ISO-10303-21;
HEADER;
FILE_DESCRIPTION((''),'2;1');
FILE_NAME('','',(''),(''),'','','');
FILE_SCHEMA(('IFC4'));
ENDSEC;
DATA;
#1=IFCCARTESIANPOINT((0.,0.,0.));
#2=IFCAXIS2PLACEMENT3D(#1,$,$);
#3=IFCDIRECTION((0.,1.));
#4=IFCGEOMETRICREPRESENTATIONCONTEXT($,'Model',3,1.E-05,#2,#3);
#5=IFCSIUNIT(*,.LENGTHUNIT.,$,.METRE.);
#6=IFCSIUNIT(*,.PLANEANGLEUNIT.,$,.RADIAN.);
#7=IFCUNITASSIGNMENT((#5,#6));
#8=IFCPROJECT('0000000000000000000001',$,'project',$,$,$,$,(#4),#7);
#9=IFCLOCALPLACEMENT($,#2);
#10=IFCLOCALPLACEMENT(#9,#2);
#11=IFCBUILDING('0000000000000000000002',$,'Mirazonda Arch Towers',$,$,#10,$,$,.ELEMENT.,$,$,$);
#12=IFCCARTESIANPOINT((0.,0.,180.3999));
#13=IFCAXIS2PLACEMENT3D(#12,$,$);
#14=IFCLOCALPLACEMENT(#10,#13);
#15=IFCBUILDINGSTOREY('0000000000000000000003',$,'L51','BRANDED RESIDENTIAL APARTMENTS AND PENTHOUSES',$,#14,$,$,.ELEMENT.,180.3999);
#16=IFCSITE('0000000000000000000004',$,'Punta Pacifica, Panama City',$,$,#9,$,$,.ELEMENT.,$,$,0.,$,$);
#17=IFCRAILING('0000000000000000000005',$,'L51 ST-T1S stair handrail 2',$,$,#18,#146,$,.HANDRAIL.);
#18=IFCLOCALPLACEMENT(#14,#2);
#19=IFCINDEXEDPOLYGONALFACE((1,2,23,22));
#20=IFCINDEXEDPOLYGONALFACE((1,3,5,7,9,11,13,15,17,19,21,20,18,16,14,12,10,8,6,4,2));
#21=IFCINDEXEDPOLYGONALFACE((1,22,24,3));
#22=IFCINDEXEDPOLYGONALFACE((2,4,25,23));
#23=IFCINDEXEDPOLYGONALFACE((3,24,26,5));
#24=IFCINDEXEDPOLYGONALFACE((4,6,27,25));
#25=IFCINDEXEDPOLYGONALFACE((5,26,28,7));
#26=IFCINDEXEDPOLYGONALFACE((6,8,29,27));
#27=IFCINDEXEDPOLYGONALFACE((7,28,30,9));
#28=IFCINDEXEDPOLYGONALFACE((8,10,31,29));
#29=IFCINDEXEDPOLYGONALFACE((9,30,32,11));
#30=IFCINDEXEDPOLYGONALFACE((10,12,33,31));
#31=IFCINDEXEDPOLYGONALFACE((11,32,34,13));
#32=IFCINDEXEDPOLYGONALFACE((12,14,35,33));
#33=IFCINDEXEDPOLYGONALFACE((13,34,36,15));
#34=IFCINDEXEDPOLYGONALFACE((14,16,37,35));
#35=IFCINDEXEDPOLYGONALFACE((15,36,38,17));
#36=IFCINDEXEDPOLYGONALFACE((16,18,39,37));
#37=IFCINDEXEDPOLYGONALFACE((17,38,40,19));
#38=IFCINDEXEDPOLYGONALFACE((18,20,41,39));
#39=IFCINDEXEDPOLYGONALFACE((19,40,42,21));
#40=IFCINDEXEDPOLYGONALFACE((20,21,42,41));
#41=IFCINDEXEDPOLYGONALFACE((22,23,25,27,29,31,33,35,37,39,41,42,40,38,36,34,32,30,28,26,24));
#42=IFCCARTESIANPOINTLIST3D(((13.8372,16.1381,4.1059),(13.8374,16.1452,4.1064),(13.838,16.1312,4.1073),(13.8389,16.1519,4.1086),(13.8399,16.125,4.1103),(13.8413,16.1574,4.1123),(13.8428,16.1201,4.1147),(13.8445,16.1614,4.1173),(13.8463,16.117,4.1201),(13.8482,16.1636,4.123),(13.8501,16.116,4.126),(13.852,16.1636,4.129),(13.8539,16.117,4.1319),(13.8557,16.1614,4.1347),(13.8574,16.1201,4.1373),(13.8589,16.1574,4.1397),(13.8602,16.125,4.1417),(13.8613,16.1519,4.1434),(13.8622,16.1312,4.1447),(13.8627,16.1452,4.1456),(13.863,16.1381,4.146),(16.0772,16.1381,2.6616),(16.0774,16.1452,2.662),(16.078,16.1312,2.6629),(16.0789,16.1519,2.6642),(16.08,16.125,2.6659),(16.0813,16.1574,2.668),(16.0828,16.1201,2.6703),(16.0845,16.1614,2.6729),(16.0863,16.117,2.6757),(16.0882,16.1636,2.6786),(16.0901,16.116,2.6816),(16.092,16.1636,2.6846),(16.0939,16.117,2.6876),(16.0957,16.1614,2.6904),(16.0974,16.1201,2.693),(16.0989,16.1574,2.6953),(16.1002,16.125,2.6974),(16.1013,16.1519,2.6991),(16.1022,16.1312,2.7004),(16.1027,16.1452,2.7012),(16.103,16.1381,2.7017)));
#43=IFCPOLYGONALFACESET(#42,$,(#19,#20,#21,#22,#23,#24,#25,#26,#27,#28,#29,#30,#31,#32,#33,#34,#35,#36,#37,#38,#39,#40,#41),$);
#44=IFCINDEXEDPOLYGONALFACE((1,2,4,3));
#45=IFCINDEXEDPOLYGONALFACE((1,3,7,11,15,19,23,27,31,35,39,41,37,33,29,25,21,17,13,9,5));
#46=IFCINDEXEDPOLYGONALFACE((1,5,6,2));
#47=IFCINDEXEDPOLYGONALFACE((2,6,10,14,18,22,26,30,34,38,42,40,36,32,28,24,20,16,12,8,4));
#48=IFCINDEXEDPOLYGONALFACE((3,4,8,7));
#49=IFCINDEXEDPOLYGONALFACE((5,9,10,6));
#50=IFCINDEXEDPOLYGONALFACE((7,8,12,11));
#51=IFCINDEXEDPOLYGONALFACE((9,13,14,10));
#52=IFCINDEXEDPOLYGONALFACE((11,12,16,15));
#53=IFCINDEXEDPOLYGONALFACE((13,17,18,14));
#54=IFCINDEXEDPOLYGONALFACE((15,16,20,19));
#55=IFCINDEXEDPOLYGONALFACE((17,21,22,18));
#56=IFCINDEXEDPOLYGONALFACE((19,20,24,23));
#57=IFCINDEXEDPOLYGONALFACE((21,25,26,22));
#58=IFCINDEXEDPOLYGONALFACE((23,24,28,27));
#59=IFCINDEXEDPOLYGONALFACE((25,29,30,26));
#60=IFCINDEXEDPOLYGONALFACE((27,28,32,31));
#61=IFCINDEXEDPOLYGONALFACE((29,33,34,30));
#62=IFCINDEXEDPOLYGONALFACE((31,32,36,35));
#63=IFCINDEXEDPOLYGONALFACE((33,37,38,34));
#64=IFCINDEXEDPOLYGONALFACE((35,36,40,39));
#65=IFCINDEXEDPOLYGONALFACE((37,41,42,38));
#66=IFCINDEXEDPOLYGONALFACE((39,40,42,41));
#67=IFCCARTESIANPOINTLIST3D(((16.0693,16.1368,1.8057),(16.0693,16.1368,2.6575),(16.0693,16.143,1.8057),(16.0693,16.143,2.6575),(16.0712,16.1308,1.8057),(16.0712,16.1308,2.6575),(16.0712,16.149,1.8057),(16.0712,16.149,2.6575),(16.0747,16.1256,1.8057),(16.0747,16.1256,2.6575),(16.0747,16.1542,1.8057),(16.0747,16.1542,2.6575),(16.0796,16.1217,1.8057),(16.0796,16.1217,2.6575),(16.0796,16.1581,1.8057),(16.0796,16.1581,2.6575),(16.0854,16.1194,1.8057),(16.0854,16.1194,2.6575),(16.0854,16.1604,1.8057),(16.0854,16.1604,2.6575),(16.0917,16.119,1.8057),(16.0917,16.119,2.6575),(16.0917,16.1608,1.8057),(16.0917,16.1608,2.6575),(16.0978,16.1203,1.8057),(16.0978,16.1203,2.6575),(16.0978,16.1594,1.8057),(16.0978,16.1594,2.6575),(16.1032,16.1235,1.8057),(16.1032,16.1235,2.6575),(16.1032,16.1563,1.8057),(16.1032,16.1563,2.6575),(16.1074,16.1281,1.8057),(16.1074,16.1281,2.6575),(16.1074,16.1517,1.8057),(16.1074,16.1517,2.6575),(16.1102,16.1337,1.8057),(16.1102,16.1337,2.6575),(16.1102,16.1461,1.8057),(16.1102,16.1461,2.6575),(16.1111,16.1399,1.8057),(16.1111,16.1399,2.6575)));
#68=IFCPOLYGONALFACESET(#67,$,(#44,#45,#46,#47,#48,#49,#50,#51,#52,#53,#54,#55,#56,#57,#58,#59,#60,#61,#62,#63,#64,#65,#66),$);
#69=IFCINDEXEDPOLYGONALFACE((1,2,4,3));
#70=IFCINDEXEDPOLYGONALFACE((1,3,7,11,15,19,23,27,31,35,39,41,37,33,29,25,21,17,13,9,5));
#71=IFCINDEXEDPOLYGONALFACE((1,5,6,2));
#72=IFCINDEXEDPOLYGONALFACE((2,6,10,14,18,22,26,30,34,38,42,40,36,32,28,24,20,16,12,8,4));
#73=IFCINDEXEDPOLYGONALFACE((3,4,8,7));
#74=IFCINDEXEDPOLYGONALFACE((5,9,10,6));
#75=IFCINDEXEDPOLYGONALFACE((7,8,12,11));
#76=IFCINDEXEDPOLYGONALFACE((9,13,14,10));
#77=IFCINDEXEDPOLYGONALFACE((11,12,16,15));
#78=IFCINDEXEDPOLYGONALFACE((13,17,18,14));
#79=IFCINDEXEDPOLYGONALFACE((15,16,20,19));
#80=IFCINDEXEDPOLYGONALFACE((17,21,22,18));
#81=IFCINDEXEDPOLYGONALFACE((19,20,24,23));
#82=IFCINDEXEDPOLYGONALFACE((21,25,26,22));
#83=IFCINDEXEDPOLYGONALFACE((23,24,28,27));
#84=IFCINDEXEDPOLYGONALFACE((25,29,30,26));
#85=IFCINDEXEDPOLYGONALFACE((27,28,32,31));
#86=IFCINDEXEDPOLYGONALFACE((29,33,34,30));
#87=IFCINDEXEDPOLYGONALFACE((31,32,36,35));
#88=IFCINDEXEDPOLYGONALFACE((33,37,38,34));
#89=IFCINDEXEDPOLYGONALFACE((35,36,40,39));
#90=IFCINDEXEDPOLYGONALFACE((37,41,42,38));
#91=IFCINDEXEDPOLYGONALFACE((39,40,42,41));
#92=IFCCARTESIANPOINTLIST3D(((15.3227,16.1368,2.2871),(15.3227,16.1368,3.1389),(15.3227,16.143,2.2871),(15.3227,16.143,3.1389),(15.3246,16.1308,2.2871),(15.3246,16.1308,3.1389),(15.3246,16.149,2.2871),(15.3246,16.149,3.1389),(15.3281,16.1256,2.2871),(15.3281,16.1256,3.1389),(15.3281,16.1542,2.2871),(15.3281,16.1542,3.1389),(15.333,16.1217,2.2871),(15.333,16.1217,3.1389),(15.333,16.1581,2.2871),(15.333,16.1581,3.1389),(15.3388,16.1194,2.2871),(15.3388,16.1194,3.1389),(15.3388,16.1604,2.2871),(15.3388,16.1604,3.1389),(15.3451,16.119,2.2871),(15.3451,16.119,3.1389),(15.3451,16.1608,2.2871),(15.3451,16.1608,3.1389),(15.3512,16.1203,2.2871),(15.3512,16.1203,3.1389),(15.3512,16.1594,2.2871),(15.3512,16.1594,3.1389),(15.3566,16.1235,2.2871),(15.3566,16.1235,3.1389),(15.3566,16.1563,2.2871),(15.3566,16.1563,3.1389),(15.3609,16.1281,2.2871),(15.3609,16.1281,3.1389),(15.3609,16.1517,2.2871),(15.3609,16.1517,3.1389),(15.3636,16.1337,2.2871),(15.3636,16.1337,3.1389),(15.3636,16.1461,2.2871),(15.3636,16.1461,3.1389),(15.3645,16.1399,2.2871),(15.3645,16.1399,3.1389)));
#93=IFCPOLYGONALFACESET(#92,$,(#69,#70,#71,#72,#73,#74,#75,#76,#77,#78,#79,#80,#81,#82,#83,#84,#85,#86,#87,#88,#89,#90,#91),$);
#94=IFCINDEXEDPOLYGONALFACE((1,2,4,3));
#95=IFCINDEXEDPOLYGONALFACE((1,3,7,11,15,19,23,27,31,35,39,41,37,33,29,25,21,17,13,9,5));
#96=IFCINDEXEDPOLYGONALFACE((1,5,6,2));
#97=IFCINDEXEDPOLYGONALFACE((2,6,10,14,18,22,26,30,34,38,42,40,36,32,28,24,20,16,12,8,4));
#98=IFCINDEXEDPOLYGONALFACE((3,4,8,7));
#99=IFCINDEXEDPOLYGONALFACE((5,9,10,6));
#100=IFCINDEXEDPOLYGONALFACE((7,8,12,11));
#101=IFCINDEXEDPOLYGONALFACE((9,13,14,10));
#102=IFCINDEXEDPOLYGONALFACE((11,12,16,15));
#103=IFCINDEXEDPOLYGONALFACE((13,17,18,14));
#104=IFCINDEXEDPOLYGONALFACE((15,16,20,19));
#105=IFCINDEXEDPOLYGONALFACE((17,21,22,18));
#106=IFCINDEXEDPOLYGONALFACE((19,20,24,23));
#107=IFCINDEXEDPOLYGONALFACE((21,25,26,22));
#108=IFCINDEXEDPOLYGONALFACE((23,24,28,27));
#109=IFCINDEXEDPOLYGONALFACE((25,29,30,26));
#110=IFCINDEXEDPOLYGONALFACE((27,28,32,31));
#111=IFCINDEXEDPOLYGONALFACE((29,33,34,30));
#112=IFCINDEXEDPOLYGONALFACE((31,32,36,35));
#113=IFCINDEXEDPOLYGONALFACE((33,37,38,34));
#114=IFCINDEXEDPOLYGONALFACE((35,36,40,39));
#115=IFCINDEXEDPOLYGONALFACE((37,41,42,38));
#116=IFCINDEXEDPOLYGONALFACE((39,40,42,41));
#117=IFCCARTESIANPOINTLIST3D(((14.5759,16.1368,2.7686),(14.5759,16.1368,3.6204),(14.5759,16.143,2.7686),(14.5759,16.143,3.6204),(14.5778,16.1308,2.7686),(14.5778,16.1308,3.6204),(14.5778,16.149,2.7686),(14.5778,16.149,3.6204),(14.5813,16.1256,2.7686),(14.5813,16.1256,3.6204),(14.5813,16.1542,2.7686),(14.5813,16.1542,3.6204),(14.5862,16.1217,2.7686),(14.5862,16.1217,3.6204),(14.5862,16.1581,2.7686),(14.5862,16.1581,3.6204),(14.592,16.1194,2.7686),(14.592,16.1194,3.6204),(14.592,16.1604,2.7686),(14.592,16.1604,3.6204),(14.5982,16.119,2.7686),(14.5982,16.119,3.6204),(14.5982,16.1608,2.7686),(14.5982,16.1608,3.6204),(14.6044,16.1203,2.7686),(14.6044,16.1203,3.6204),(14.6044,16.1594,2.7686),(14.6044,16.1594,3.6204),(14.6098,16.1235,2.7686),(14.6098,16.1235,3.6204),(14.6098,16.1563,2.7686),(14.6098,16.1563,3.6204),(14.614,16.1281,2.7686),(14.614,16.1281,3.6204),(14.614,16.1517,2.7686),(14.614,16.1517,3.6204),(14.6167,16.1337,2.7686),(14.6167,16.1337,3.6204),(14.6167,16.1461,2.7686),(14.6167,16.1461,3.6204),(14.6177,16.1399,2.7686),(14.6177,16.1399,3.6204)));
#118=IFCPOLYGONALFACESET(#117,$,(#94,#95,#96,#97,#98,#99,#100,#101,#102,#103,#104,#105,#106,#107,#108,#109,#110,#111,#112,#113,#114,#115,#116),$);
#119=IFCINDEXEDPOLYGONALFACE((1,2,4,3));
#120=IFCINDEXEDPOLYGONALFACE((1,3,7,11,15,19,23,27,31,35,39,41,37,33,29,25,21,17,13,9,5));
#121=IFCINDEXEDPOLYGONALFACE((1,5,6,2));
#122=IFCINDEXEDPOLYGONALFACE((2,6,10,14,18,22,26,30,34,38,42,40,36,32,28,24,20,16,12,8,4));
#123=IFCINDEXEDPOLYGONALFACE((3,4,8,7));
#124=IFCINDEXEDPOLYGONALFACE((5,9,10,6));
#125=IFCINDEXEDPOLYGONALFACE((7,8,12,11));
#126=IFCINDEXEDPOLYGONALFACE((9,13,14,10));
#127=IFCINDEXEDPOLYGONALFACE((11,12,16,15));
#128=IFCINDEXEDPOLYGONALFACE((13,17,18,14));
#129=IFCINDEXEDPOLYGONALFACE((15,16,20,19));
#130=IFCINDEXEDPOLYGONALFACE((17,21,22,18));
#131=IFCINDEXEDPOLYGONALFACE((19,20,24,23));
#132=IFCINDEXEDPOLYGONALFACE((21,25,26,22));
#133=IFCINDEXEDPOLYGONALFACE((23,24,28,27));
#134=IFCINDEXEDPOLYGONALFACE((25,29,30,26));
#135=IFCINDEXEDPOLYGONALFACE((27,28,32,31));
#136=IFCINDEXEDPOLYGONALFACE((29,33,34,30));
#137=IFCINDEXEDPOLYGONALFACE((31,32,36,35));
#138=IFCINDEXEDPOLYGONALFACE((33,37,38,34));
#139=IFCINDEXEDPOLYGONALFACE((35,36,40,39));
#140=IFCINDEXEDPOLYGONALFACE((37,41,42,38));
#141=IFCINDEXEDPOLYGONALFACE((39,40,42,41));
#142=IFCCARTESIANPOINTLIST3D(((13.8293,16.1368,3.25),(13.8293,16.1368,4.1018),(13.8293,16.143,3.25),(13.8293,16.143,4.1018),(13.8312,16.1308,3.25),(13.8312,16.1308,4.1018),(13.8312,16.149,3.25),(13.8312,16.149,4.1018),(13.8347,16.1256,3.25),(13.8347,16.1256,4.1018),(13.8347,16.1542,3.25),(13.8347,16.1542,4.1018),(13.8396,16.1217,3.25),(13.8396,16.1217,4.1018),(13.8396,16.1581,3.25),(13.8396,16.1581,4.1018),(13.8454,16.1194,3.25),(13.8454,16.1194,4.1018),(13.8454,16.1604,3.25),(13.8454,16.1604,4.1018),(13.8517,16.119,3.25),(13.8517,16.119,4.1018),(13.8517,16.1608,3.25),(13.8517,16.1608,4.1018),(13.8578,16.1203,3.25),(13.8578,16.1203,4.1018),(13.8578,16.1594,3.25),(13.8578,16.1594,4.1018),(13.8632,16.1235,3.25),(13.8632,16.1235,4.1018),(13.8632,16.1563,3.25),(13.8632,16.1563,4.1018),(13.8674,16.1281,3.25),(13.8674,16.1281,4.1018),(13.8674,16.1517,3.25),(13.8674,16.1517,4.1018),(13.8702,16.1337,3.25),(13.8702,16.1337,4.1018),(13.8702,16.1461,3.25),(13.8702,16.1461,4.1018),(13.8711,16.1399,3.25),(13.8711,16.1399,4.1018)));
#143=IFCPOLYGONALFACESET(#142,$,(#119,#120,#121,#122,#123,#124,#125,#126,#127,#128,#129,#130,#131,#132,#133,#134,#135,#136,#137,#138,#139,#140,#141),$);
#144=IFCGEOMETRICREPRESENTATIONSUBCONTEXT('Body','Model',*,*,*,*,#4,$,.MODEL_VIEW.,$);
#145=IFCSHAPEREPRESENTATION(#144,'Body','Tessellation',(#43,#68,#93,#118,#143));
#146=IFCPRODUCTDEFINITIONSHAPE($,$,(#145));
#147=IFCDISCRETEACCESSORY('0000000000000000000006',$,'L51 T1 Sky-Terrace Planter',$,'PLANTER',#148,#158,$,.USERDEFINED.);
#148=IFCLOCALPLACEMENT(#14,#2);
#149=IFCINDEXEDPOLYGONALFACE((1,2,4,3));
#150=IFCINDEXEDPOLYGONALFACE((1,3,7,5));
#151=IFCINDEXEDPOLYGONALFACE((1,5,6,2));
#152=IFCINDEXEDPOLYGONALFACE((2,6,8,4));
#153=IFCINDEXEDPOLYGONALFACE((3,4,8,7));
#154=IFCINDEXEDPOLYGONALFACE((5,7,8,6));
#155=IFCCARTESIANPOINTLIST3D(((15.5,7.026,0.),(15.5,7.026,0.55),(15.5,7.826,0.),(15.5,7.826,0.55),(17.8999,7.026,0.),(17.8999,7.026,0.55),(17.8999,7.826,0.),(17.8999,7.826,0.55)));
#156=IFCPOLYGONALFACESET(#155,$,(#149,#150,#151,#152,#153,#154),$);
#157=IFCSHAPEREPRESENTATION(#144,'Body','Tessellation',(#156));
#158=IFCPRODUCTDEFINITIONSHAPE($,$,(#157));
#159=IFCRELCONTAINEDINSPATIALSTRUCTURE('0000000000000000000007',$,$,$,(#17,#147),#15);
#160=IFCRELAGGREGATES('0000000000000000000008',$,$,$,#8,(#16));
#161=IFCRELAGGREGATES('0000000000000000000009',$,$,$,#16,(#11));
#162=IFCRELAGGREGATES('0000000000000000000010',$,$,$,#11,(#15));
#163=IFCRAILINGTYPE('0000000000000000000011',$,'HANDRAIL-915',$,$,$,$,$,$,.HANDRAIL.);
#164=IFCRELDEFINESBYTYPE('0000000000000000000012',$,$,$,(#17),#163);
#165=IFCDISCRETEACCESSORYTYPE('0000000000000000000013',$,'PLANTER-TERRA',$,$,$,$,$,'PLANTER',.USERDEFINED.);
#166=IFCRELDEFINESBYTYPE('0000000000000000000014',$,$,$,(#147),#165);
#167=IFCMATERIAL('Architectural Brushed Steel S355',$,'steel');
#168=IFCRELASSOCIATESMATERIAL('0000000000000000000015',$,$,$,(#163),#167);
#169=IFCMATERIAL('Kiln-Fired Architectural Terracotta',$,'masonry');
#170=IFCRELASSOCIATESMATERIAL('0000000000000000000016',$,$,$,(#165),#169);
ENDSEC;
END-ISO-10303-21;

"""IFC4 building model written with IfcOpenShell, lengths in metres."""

from ifc_helpers import new_model, si_unit, direction, frame, origin, origin_2d, place, context, subcontext, project, spatial, rectangle, circle, extrude, material, type_object, element, save


model = new_model("IFC4")

# Units and contexts
model_context = context("Model", 3, precision=1e-05, world=origin(), true_north=direction((0.0, 1.0)))
body_context = subcontext(model_context, "Body", "Model", "MODEL_VIEW")
ifc_project = project(units=[si_unit("LENGTHUNIT", "METRE"), si_unit("PLANEANGLEUNIT", "RADIAN")], contexts=[model_context])

# Site, building, storey
site_placement = place(None, origin())
site = spatial("IfcSite", under=ifc_project, at=site_placement, Name="Punta Pacifica, Panama City", CompositionType="ELEMENT", RefElevation=0.0)
building_placement = place(site_placement, origin())
building = spatial("IfcBuilding", under=site, at=building_placement, Name="Mirazonda Arch Towers", CompositionType="ELEMENT")
storey_placement = place(building_placement, frame((0.0, 0.0, 180.3999)))
storey = spatial("IfcBuildingStorey", under=building, at=storey_placement, Name="L51", Description="BRANDED RESIDENTIAL APARTMENTS AND PENTHOUSES", CompositionType="ELEMENT", Elevation=180.3999)

# Shared definitions
ifc_material_1 = material(Name="Architectural Brushed Steel S355", Category="steel")

# Shared definitions
ifc_material_2 = material(Name="Kiln-Fired Architectural Terracotta", Category="masonry")

# Railing
railing_type_1 = type_object("IfcRailingType", Name="HANDRAIL-915", PredefinedType="HANDRAIL", material=ifc_material_1)
railing_1_placement = place(storey_placement, frame((16.0901, 16.1399, 1.8057)))
element("IfcRailing", 1, at=railing_1_placement, inside=storey, type_object=railing_type_1, Name="L51 ST-T1S stair handrail 2", PredefinedType="HANDRAIL", context=body_context, shape_type="SweptSolid", body=[
    extrude(circle(Radius=0.0239, at=origin_2d()), frame((0.0, 0.0, 0.876), z_axis=(-0.840437, 0.0, 0.54191), x_axis=(0.0, -1.0, 0.0)), (0.0, 0.0, 1.0), 2.6653),
    extrude(circle(Radius=0.021, at=origin_2d()), origin(), (0.0, 0.0, 1.0), 0.8518),
    extrude(circle(Radius=0.021, at=origin_2d()), frame((-0.7466, 0.0, 0.4814)), (0.0, 0.0, 1.0), 0.8518),
    extrude(circle(Radius=0.021, at=origin_2d()), frame((-1.4934, 0.0, 0.9629)), (0.0, 0.0, 1.0), 0.8518),
    extrude(circle(Radius=0.021, at=origin_2d()), frame((-2.24, 0.0, 1.4443)), (0.0, 0.0, 1.0), 0.8518),
])

# Discrete accessory
discrete_accessory_type = type_object("IfcDiscreteAccessoryType", Name="PLANTER-TERRA", ElementType="PLANTER", PredefinedType="USERDEFINED", material=ifc_material_2)
discrete_accessory_placement = place(storey_placement, frame((16.7, 7.426, 0.0), z_axis=(0.0, 0.0, 1.0), x_axis=(1.0, 0.0, 0.0)))
element("IfcDiscreteAccessory", 2, at=discrete_accessory_placement, inside=storey, type_object=discrete_accessory_type, Name="L51 T1 Sky-Terrace Planter", ObjectType="PLANTER", PredefinedType="USERDEFINED", context=body_context, shape_type="SweptSolid", body=[
    extrude(rectangle(XDim=2.3999, YDim=0.8, at=origin_2d()), origin(), (0.0, 0.0, 1.0), 0.55),
])

save(model, "model.ifc")
